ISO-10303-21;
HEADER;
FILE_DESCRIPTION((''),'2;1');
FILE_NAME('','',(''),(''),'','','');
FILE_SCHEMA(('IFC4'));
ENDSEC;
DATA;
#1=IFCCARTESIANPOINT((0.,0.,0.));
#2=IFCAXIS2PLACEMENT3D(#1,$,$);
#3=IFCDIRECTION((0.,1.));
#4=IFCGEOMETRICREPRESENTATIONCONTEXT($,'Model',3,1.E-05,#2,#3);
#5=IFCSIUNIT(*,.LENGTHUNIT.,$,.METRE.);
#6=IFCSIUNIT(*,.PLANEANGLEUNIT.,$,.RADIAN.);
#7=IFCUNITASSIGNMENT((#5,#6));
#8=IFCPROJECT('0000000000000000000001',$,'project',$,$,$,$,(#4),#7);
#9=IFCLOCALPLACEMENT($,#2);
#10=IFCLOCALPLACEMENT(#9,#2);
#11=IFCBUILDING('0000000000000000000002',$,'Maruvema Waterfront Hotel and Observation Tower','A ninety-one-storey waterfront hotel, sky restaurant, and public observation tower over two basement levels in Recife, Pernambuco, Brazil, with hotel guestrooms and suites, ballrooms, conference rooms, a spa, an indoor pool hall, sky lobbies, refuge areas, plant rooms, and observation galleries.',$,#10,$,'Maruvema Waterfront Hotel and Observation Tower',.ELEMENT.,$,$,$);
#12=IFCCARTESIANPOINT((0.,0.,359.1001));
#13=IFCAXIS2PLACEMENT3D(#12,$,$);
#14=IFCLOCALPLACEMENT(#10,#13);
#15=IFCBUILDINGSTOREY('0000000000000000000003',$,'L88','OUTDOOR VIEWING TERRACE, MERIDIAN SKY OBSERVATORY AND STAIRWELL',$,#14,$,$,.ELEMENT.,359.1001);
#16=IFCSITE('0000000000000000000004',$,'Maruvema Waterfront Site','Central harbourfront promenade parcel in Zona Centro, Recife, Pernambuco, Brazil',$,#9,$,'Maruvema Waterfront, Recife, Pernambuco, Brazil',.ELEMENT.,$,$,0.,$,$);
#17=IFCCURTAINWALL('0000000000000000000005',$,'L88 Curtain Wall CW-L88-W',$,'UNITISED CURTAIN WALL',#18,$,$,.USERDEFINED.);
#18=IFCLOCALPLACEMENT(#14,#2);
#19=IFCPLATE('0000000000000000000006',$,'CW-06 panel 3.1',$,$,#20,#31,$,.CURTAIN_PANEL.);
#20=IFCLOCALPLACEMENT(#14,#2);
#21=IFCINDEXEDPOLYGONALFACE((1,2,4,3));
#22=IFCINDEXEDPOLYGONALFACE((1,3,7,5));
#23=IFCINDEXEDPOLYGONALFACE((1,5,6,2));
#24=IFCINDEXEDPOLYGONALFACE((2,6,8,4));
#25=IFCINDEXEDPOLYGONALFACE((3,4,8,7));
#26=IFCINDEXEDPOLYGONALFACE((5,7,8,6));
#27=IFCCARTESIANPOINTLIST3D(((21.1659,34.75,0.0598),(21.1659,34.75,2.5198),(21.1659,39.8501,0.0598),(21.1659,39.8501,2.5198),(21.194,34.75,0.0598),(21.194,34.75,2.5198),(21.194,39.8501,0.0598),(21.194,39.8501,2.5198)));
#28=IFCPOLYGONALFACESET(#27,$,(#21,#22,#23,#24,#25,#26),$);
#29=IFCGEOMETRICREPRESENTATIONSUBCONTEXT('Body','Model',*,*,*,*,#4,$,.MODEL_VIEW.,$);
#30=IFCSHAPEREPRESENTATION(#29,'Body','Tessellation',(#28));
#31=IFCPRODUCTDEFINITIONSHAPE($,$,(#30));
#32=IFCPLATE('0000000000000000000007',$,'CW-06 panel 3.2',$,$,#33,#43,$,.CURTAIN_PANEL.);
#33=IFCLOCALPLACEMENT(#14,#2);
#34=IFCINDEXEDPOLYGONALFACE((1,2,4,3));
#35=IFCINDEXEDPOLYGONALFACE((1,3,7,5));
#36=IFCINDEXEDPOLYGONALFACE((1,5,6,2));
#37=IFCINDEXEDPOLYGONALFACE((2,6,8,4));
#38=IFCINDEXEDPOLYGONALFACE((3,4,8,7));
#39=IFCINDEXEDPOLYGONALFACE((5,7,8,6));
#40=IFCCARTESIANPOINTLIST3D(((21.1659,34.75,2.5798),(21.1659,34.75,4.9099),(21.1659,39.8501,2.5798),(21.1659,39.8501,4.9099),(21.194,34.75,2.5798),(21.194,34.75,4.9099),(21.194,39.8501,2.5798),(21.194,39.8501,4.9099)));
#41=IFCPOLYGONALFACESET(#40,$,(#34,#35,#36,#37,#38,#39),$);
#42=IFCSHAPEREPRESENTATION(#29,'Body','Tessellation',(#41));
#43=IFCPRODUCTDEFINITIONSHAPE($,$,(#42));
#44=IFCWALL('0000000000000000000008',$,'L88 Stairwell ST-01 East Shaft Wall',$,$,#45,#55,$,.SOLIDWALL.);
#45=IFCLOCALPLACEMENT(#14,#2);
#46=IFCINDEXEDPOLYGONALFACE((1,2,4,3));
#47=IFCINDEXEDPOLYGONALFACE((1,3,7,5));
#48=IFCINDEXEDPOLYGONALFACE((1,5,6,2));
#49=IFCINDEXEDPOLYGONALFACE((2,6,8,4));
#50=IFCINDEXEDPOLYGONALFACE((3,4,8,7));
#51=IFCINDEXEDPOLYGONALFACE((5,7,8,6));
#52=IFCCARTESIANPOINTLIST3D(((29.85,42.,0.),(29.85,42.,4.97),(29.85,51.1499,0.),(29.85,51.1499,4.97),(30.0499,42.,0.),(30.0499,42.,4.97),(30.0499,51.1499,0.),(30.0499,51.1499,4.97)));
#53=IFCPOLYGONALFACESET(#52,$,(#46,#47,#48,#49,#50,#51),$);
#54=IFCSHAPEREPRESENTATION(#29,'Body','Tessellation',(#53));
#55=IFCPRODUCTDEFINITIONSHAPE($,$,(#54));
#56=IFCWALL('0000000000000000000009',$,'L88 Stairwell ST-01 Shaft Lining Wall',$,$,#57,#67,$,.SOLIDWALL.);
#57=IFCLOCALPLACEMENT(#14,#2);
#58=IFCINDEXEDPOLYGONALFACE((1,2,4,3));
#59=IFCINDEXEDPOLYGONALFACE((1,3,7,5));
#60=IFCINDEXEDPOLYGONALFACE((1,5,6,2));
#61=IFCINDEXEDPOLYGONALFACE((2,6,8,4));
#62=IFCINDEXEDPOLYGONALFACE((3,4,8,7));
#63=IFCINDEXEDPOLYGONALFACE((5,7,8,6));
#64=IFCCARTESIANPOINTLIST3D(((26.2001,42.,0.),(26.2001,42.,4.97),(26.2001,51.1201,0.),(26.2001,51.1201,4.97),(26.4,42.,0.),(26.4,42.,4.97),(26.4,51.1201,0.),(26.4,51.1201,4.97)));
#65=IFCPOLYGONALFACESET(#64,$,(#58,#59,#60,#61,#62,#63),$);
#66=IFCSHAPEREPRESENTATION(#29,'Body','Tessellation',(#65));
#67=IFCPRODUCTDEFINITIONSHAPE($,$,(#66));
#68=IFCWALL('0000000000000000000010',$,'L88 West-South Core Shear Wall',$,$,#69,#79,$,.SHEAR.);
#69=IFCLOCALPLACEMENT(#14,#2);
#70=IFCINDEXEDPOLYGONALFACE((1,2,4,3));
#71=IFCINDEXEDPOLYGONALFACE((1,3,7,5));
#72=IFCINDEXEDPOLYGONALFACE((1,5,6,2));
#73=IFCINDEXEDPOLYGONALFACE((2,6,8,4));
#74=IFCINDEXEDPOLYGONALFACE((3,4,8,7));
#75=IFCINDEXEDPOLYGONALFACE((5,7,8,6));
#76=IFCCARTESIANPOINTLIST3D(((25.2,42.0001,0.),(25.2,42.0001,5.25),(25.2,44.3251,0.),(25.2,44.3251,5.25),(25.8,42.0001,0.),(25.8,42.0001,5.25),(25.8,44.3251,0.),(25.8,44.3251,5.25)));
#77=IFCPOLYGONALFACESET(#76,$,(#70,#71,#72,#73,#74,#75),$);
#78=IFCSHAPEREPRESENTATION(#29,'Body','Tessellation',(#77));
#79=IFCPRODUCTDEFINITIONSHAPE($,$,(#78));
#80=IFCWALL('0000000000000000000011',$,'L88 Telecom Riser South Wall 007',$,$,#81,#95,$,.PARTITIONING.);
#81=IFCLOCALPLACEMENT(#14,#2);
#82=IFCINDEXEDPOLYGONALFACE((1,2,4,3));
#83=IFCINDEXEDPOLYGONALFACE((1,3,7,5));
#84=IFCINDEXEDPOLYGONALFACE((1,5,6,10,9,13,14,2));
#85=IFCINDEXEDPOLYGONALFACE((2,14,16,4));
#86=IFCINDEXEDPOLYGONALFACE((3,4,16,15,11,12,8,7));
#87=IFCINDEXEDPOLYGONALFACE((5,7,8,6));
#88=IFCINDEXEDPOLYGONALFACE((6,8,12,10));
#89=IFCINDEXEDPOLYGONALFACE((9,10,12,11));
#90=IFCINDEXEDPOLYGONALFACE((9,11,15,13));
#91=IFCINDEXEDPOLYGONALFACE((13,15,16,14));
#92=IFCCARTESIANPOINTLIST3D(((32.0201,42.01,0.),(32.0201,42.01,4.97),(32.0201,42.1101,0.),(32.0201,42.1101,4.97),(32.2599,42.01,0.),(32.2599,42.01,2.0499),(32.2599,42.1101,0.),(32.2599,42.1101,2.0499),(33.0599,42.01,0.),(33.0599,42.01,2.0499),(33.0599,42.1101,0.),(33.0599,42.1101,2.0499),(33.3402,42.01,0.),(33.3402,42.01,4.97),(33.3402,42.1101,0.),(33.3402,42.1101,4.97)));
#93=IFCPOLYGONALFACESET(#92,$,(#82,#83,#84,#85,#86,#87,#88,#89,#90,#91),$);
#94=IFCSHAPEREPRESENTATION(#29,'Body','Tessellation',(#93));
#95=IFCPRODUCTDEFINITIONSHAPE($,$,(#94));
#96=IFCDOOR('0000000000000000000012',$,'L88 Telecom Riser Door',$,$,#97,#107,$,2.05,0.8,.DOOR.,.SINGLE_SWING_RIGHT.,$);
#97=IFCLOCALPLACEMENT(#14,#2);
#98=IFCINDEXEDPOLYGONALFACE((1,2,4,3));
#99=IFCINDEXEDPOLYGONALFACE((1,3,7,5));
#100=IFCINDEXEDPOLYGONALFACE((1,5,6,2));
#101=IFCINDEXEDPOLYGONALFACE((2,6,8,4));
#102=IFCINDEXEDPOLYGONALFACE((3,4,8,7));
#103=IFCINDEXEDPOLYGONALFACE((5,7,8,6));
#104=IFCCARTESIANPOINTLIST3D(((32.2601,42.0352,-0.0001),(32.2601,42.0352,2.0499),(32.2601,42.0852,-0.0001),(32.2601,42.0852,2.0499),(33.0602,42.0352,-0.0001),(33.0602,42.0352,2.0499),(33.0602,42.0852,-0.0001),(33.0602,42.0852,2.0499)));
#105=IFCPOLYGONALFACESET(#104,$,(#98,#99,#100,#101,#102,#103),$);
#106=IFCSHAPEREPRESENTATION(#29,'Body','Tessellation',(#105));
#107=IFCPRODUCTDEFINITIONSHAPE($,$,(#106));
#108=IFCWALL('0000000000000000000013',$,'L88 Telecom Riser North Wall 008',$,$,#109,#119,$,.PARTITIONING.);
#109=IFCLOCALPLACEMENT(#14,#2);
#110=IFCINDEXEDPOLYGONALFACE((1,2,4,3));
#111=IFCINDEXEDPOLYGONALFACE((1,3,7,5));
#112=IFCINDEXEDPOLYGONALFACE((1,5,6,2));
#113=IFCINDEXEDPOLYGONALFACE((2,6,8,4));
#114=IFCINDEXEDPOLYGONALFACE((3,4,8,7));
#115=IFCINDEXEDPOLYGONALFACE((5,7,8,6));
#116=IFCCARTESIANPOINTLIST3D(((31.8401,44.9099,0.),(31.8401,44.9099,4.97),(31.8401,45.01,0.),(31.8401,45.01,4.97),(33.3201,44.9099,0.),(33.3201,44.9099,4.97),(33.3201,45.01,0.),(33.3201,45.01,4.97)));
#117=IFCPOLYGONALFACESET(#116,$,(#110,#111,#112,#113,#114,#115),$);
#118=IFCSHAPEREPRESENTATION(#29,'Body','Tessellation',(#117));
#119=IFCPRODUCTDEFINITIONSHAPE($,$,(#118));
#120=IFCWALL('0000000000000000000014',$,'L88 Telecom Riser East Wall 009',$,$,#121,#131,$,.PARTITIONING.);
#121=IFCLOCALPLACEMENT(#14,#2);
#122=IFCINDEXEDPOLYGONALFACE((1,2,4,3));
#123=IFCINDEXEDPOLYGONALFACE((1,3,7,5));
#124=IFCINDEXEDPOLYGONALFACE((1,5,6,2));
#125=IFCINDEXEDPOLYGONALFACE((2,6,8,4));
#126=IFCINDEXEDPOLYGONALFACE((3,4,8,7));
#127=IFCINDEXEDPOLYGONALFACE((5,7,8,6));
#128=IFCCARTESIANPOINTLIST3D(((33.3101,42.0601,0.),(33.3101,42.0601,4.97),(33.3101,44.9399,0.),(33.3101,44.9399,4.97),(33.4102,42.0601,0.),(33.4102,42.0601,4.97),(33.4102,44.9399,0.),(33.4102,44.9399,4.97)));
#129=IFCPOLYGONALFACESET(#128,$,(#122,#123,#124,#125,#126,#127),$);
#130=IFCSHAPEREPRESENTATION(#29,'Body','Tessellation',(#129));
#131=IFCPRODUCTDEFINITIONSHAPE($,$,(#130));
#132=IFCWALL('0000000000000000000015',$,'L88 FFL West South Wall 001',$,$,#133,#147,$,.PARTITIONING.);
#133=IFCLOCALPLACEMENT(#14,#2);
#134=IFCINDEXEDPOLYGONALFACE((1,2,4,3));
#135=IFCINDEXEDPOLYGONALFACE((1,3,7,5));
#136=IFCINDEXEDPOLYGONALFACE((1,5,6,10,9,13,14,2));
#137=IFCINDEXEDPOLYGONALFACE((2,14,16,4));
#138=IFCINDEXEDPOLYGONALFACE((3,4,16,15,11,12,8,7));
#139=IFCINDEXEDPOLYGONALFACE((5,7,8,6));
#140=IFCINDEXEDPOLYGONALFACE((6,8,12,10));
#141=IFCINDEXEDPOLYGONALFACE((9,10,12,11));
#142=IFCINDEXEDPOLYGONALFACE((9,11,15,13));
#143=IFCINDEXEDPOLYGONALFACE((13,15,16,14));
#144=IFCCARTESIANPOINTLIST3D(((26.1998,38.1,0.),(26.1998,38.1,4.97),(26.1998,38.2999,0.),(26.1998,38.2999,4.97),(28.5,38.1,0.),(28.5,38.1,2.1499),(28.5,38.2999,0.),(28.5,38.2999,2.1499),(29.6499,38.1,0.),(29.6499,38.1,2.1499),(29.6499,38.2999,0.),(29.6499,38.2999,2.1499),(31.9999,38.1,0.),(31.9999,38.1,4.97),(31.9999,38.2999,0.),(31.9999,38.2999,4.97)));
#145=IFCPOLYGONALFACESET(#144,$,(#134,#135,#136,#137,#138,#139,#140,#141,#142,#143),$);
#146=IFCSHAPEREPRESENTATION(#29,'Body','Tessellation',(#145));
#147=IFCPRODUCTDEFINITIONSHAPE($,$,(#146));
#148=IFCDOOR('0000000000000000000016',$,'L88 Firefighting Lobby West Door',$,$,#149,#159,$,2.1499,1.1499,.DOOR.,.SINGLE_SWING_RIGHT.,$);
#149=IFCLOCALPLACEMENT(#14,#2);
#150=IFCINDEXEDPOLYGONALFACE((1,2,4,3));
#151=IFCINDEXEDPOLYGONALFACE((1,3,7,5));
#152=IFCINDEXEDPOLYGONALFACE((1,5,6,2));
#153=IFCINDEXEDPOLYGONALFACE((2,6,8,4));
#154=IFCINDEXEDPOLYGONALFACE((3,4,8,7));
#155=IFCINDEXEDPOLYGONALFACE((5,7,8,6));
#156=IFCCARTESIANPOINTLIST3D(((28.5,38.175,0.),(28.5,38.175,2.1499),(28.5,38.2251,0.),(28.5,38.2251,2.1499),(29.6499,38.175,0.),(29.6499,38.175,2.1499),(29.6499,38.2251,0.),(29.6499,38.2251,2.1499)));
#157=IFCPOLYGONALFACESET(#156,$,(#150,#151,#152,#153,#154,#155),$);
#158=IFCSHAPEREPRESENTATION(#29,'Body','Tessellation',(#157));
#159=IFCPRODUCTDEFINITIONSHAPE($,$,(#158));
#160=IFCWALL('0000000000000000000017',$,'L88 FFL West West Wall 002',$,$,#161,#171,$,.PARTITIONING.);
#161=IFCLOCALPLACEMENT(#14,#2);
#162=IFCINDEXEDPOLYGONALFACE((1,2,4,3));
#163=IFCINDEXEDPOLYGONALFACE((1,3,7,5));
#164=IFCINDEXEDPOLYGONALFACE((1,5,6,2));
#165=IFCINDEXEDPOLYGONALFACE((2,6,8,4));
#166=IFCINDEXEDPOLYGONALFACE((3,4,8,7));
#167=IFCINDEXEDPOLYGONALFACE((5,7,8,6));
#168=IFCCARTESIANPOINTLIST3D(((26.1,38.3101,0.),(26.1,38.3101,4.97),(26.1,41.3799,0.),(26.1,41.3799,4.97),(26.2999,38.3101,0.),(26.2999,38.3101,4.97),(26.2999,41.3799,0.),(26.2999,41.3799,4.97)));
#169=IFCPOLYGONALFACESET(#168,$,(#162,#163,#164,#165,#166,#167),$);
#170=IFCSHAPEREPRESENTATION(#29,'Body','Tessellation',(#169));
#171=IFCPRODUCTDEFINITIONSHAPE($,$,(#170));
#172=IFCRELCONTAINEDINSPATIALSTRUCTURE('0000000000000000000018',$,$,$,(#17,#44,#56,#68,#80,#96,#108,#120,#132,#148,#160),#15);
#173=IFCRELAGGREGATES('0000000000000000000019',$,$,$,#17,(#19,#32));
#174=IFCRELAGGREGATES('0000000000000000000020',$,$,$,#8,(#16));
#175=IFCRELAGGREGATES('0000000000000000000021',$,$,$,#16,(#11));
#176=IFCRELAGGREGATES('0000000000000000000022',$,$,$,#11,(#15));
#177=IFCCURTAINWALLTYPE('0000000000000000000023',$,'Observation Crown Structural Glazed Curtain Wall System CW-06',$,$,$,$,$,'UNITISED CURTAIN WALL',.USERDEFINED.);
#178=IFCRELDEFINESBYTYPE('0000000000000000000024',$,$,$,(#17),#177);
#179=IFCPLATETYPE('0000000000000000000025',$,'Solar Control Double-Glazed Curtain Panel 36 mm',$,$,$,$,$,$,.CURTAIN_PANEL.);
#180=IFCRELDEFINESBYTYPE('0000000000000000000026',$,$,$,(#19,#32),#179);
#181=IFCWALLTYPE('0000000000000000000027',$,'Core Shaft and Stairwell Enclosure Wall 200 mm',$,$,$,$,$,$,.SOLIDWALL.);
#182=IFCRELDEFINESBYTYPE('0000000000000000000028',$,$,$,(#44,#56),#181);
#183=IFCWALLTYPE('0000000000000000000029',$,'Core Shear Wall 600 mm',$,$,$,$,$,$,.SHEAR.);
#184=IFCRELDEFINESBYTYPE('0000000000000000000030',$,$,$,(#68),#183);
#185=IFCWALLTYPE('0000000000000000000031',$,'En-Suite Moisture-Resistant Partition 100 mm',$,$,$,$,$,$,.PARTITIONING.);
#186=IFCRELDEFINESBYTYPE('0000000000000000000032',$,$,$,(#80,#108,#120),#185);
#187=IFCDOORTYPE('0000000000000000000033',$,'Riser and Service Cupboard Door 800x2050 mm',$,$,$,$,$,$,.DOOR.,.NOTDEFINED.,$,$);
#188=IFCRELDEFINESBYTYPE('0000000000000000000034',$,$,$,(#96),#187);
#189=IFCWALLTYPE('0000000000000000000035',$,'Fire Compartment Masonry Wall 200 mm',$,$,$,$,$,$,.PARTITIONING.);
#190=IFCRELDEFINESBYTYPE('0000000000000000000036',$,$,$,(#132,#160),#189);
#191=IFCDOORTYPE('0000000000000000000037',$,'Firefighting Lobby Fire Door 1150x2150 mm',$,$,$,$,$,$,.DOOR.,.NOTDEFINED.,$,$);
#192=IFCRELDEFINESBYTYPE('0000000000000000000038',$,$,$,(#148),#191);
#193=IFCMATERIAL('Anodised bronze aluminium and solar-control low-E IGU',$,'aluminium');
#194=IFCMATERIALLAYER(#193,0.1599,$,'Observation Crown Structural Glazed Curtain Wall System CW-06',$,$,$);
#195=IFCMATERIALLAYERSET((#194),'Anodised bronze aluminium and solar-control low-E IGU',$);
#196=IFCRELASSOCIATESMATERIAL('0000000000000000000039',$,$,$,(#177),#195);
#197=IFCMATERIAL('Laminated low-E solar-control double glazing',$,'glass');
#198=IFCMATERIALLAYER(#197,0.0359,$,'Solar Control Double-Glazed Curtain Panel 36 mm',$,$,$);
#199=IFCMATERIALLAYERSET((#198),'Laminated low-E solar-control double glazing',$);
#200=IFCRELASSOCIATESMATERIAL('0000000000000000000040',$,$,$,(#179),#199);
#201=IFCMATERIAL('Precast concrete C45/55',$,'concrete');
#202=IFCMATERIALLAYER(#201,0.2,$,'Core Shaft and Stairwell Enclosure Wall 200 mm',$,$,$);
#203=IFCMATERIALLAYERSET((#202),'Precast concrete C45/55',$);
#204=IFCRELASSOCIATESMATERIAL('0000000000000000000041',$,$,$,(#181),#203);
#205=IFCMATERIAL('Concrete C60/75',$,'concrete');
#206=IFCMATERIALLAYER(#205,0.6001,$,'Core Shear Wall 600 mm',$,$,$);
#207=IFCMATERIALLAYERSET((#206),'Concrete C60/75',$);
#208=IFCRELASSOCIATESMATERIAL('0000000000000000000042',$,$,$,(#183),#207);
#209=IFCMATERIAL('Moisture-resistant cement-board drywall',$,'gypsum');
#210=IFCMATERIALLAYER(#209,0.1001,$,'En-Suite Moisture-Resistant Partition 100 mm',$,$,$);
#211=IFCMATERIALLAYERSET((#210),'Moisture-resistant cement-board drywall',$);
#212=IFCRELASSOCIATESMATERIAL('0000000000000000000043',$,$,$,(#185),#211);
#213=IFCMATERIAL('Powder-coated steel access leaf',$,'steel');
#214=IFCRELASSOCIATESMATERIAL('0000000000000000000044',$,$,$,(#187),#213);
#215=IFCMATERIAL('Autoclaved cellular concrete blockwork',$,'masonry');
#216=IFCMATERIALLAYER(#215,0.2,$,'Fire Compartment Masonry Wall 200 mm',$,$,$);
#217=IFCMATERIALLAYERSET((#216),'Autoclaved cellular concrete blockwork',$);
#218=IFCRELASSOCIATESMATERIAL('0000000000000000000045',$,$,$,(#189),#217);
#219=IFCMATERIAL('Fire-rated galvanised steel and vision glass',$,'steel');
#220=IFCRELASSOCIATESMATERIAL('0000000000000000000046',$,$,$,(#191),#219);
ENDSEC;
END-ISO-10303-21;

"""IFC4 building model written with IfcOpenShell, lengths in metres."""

from ifc_helpers import new_model, si_unit, direction, frame, frame_2d, origin, origin_2d, place, context, subcontext, project, spatial, rectangle, extrude, material, layer, layer_set, type_object, element, fill, aggregate, save


model = new_model("IFC4")

# Units and contexts
model_context = context("Model", 3, precision=1e-05, world=origin(), true_north=direction((0.0, 1.0)))
body_context = subcontext(model_context, "Body", "Model", "MODEL_VIEW")
ifc_project = project(units=[si_unit("LENGTHUNIT", "METRE"), si_unit("PLANEANGLEUNIT", "RADIAN")], contexts=[model_context])

# Site, building, storey
site_placement = place(None, origin())
site = spatial("IfcSite", under=ifc_project, at=site_placement, Name="Maruvema Waterfront Site", Description="Central harbourfront promenade parcel in Zona Centro, Recife, Pernambuco, Brazil", LongName="Maruvema Waterfront, Recife, Pernambuco, Brazil", CompositionType="ELEMENT", RefElevation=0.0)
building_placement = place(site_placement, origin())
building = spatial("IfcBuilding", under=site, at=building_placement, Name="Maruvema Waterfront Hotel and Observation Tower", Description="A ninety-one-storey waterfront hotel, sky restaurant, and public observation tower over two basement levels in Recife, Pernambuco, Brazil, with hotel guestrooms and suites, ballrooms, conference rooms, a spa, an indoor pool hall, sky lobbies, refuge areas, plant rooms, and observation galleries.", LongName="Maruvema Waterfront Hotel and Observation Tower", CompositionType="ELEMENT")
storey_placement = place(building_placement, frame((0.0, 0.0, 359.1001)))
storey = spatial("IfcBuildingStorey", under=building, at=storey_placement, Name="L88", Description="OUTDOOR VIEWING TERRACE, MERIDIAN SKY OBSERVATORY AND STAIRWELL", CompositionType="ELEMENT", Elevation=359.1001)

# Curtain wall, plates
ifc_material_1 = material(Name="Anodised bronze aluminium and solar-control low-E IGU", Category="aluminium")
ifc_layer_1 = layer(ifc_material_1, 0.1599, Name="Observation Crown Structural Glazed Curtain Wall System CW-06")
ifc_layer_set_1 = layer_set([ifc_layer_1], Name="Anodised bronze aluminium and solar-control low-E IGU")
curtain_wall_type = type_object("IfcCurtainWallType", Name="Observation Crown Structural Glazed Curtain Wall System CW-06", ElementType="UNITISED CURTAIN WALL", PredefinedType="USERDEFINED", material=ifc_layer_set_1)
curtain_wall_placement = place(storey_placement, origin())
curtain_wall = element("IfcCurtainWall", 1, at=curtain_wall_placement, inside=storey, type_object=curtain_wall_type, Name="L88 Curtain Wall CW-L88-W", ObjectType="UNITISED CURTAIN WALL", PredefinedType="USERDEFINED")
ifc_material_2 = material(Name="Laminated low-E solar-control double glazing", Category="glass")
ifc_layer_2 = layer(ifc_material_2, 0.0359, Name="Solar Control Double-Glazed Curtain Panel 36 mm")
ifc_layer_set_2 = layer_set([ifc_layer_2], Name="Laminated low-E solar-control double glazing")
plate_type = type_object("IfcPlateType", Name="Solar Control Double-Glazed Curtain Panel 36 mm", PredefinedType="CURTAIN_PANEL", material=ifc_layer_set_2)
plate_1_placement = place(storey_placement, frame((21.1799, 37.3, 0.0598), z_axis=(0.0, 0.0, 1.0), x_axis=(0.0, -1.0, 0.0)))
plate_1 = element("IfcPlate", 2, at=plate_1_placement, type_object=plate_type, Name="CW-06 panel 3.1", PredefinedType="CURTAIN_PANEL", context=body_context, shape_type="SweptSolid", body=[
    extrude(rectangle(XDim=5.1001, YDim=0.0281, at=origin_2d()), origin(), (0.0, 0.0, 1.0), 2.46),
])
plate_2_placement = place(storey_placement, frame((21.1799, 37.3, 2.5798), z_axis=(0.0, 0.0, 1.0), x_axis=(0.0, -1.0, 0.0)))
plate_2 = element("IfcPlate", 3, at=plate_2_placement, type_object=plate_type, Name="CW-06 panel 3.2", PredefinedType="CURTAIN_PANEL", context=body_context, shape_type="SweptSolid", body=[
    extrude(rectangle(XDim=5.1001, YDim=0.0281, at=origin_2d()), origin(), (0.0, 0.0, 1.0), 2.3301),
])
aggregate(curtain_wall, [plate_1, plate_2])

# Walls
ifc_material_3 = material(Name="Precast concrete C45/55", Category="concrete")
ifc_layer_3 = layer(ifc_material_3, 0.2, Name="Core Shaft and Stairwell Enclosure Wall 200 mm")
ifc_layer_set_3 = layer_set([ifc_layer_3], Name="Precast concrete C45/55")
wall_type_1 = type_object("IfcWallType", Name="Core Shaft and Stairwell Enclosure Wall 200 mm", PredefinedType="SOLIDWALL", material=ifc_layer_set_3)
wall_1_placement = place(storey_placement, frame((29.95, 42.0, 0.0), z_axis=(0.0, 0.0, 1.0), x_axis=(0.0, 1.0, 0.0)))
element("IfcWall", 4, at=wall_1_placement, inside=storey, type_object=wall_type_1, Name="L88 Stairwell ST-01 East Shaft Wall", PredefinedType="SOLIDWALL", context=body_context, shape_type="SweptSolid", body=[
    extrude(rectangle(XDim=9.1499, YDim=0.2, at=frame_2d((4.575, 0.0))), origin(), (0.0, 0.0, 1.0), 4.97),
])
wall_2_placement = place(storey_placement, frame((26.3, 42.0, 0.0), z_axis=(0.0, 0.0, 1.0), x_axis=(0.0, 1.0, 0.0)))
element("IfcWall", 5, at=wall_2_placement, inside=storey, type_object=wall_type_1, Name="L88 Stairwell ST-01 Shaft Lining Wall", PredefinedType="SOLIDWALL", context=body_context, shape_type="SweptSolid", body=[
    extrude(rectangle(XDim=9.1201, YDim=0.2, at=frame_2d((4.5601, 0.0))), origin(), (0.0, 0.0, 1.0), 4.97),
])

# Shared definitions
ifc_material_4 = material(Name="Concrete C60/75", Category="concrete")
ifc_layer_4 = layer(ifc_material_4, 0.6001, Name="Core Shear Wall 600 mm")
ifc_layer_set_4 = layer_set([ifc_layer_4], Name="Concrete C60/75")
wall_type_2 = type_object("IfcWallType", Name="Core Shear Wall 600 mm", PredefinedType="SHEAR", material=ifc_layer_set_4)

# Wall
wall_3_placement = place(storey_placement, frame((25.5, 42.0, 0.0), z_axis=(0.0, 0.0, 1.0), x_axis=(0.0, 1.0, 0.0)))
element("IfcWall", 6, at=wall_3_placement, inside=storey, type_object=wall_type_2, Name="L88 West-South Core Shear Wall", PredefinedType="SHEAR", context=body_context, shape_type="SweptSolid", body=[
    extrude(rectangle(XDim=2.325, YDim=0.6001, at=frame_2d((1.1626, 0.0))), origin(), (0.0, 0.0, 1.0), 5.25),
])

# Wall, opening, door
ifc_material_5 = material(Name="Moisture-resistant cement-board drywall", Category="gypsum")
ifc_layer_5 = layer(ifc_material_5, 0.1001, Name="En-Suite Moisture-Resistant Partition 100 mm")
ifc_layer_set_5 = layer_set([ifc_layer_5], Name="Moisture-resistant cement-board drywall")
wall_type_3 = type_object("IfcWallType", Name="En-Suite Moisture-Resistant Partition 100 mm", PredefinedType="PARTITIONING", material=ifc_layer_set_5)
wall_4_placement = place(storey_placement, frame((32.02, 42.0601, 0.0), z_axis=(0.0, 0.0, 1.0), x_axis=(1.0, 0.0, 0.0)))
wall_4 = element("IfcWall", 7, at=wall_4_placement, inside=storey, type_object=wall_type_3, Name="L88 Telecom Riser South Wall 007", PredefinedType="PARTITIONING", context=body_context, shape_type="SweptSolid", body=[
    extrude(rectangle(XDim=1.3201, YDim=0.1001, at=frame_2d((0.6602, 0.0))), origin(), (0.0, 0.0, 1.0), 4.97),
])
opening_1_placement = place(wall_4_placement, frame((0.24, 0.0, 0.0)))
opening_1 = element("IfcOpeningElement", 8, at=opening_1_placement, cuts=wall_4, PredefinedType="OPENING", context=body_context, shape_type="SweptSolid", body=[
    extrude(rectangle(XDim=0.8, YDim=2.05, at=frame_2d((0.3999, 1.0249))), frame((0.0, 0.0601, 0.0), z_axis=(0.0, -1.0, 0.0), x_axis=(1.0, 0.0, 0.0)), (0.0, 0.0, 1.0), 0.1201),
])
ifc_material_6 = material(Name="Powder-coated steel access leaf", Category="steel")
door_type_1 = type_object("IfcDoorType", Name="Riser and Service Cupboard Door 800x2050 mm", OperationType="NOTDEFINED", PredefinedType="DOOR", material=ifc_material_6)
door_1_placement = place(opening_1_placement, frame((0.8, 0.0, 0.0), z_axis=(0.0, 0.0, 1.0), x_axis=(-1.0, 0.0, 0.0)))
door_1 = element("IfcDoor", 9, at=door_1_placement, inside=storey, type_object=door_type_1, Name="L88 Telecom Riser Door", OperationType="SINGLE_SWING_RIGHT", OverallHeight=2.05, OverallWidth=0.8, PredefinedType="DOOR", context=body_context, shape_type="SweptSolid", body=[
    extrude(rectangle(XDim=0.8, YDim=2.05, at=frame_2d((0.3999, 1.0249))), frame((0.0, 0.0249, 0.0), z_axis=(0.0, -1.0, 0.0), x_axis=(1.0, 0.0, 0.0)), (0.0, 0.0, 1.0), 0.05),
])
fill(opening_1, door_1)

# Walls
wall_5_placement = place(storey_placement, frame((31.8401, 44.96, 0.0), z_axis=(0.0, 0.0, 1.0), x_axis=(1.0, 0.0, 0.0)))
element("IfcWall", 10, at=wall_5_placement, inside=storey, type_object=wall_type_3, Name="L88 Telecom Riser North Wall 008", PredefinedType="PARTITIONING", context=body_context, shape_type="SweptSolid", body=[
    extrude(rectangle(XDim=1.48, YDim=0.1001, at=frame_2d((0.74, 0.0))), origin(), (0.0, 0.0, 1.0), 4.97),
])
wall_6_placement = place(storey_placement, frame((33.3601, 42.0601, 0.0), z_axis=(0.0, 0.0, 1.0), x_axis=(0.0, 1.0, 0.0)))
element("IfcWall", 11, at=wall_6_placement, inside=storey, type_object=wall_type_3, Name="L88 Telecom Riser East Wall 009", PredefinedType="PARTITIONING", context=body_context, shape_type="SweptSolid", body=[
    extrude(rectangle(XDim=2.8799, YDim=0.1001, at=frame_2d((1.4399, 0.0))), origin(), (0.0, 0.0, 1.0), 4.97),
])

# Wall, opening, door
ifc_material_7 = material(Name="Autoclaved cellular concrete blockwork", Category="masonry")
ifc_layer_6 = layer(ifc_material_7, 0.2, Name="Fire Compartment Masonry Wall 200 mm")
ifc_layer_set_6 = layer_set([ifc_layer_6], Name="Autoclaved cellular concrete blockwork")
wall_type_4 = type_object("IfcWallType", Name="Fire Compartment Masonry Wall 200 mm", PredefinedType="PARTITIONING", material=ifc_layer_set_6)
wall_7_placement = place(storey_placement, frame((26.2, 38.2, 0.0), z_axis=(0.0, 0.0, 1.0), x_axis=(1.0, 0.0, 0.0)))
wall_7 = element("IfcWall", 12, at=wall_7_placement, inside=storey, type_object=wall_type_4, Name="L88 FFL West South Wall 001", PredefinedType="PARTITIONING", context=body_context, shape_type="SweptSolid", body=[
    extrude(rectangle(XDim=5.8, YDim=0.2, at=frame_2d((2.8999, 0.0))), origin(), (0.0, 0.0, 1.0), 4.97),
])
opening_2_placement = place(wall_7_placement, frame((2.3, 0.0, 0.0)))
opening_2 = element("IfcOpeningElement", 13, at=opening_2_placement, cuts=wall_7, PredefinedType="OPENING", context=body_context, shape_type="SweptSolid", body=[
    extrude(rectangle(XDim=1.1499, YDim=2.1499, at=frame_2d((0.575, 1.075))), frame((0.0, 0.1099, 0.0), z_axis=(0.0, -1.0, 0.0), x_axis=(1.0, 0.0, 0.0)), (0.0, 0.0, 1.0), 0.22),
])
ifc_material_8 = material(Name="Fire-rated galvanised steel and vision glass", Category="steel")
door_type_2 = type_object("IfcDoorType", Name="Firefighting Lobby Fire Door 1150x2150 mm", OperationType="NOTDEFINED", PredefinedType="DOOR", material=ifc_material_8)
door_2_placement = place(opening_2_placement, frame((1.1499, 0.0, 0.0), z_axis=(0.0, 0.0, 1.0), x_axis=(-1.0, 0.0, 0.0)))
door_2 = element("IfcDoor", 14, at=door_2_placement, inside=storey, type_object=door_type_2, Name="L88 Firefighting Lobby West Door", OperationType="SINGLE_SWING_RIGHT", OverallHeight=2.1499, OverallWidth=1.1499, PredefinedType="DOOR", context=body_context, shape_type="SweptSolid", body=[
    extrude(rectangle(XDim=1.1499, YDim=2.1499, at=frame_2d((0.575, 1.075))), frame((0.0, 0.0249, 0.0), z_axis=(0.0, -1.0, 0.0), x_axis=(1.0, 0.0, 0.0)), (0.0, 0.0, 1.0), 0.05),
])
fill(opening_2, door_2)

# Wall
for number, where, z_axis, x_axis, name in (
    (15, (26.2, 38.3101, 0.0), (0.0, 0.0, 1.0), (0.0, 1.0, 0.0), "L88 FFL West West Wall 002"),
):
    element("IfcWall", number, at=place(storey_placement, frame(where, z_axis=z_axis, x_axis=x_axis)), inside=storey, type_object=wall_type_4, Name=name, PredefinedType="PARTITIONING", context=body_context, shape_type="SweptSolid", body=[
        extrude(rectangle(XDim=3.0698, YDim=0.2, at=frame_2d((1.5349, 0.0))), origin(), (0.0, 0.0, 1.0), 4.97),
    ])

save(model, "model.ifc")
